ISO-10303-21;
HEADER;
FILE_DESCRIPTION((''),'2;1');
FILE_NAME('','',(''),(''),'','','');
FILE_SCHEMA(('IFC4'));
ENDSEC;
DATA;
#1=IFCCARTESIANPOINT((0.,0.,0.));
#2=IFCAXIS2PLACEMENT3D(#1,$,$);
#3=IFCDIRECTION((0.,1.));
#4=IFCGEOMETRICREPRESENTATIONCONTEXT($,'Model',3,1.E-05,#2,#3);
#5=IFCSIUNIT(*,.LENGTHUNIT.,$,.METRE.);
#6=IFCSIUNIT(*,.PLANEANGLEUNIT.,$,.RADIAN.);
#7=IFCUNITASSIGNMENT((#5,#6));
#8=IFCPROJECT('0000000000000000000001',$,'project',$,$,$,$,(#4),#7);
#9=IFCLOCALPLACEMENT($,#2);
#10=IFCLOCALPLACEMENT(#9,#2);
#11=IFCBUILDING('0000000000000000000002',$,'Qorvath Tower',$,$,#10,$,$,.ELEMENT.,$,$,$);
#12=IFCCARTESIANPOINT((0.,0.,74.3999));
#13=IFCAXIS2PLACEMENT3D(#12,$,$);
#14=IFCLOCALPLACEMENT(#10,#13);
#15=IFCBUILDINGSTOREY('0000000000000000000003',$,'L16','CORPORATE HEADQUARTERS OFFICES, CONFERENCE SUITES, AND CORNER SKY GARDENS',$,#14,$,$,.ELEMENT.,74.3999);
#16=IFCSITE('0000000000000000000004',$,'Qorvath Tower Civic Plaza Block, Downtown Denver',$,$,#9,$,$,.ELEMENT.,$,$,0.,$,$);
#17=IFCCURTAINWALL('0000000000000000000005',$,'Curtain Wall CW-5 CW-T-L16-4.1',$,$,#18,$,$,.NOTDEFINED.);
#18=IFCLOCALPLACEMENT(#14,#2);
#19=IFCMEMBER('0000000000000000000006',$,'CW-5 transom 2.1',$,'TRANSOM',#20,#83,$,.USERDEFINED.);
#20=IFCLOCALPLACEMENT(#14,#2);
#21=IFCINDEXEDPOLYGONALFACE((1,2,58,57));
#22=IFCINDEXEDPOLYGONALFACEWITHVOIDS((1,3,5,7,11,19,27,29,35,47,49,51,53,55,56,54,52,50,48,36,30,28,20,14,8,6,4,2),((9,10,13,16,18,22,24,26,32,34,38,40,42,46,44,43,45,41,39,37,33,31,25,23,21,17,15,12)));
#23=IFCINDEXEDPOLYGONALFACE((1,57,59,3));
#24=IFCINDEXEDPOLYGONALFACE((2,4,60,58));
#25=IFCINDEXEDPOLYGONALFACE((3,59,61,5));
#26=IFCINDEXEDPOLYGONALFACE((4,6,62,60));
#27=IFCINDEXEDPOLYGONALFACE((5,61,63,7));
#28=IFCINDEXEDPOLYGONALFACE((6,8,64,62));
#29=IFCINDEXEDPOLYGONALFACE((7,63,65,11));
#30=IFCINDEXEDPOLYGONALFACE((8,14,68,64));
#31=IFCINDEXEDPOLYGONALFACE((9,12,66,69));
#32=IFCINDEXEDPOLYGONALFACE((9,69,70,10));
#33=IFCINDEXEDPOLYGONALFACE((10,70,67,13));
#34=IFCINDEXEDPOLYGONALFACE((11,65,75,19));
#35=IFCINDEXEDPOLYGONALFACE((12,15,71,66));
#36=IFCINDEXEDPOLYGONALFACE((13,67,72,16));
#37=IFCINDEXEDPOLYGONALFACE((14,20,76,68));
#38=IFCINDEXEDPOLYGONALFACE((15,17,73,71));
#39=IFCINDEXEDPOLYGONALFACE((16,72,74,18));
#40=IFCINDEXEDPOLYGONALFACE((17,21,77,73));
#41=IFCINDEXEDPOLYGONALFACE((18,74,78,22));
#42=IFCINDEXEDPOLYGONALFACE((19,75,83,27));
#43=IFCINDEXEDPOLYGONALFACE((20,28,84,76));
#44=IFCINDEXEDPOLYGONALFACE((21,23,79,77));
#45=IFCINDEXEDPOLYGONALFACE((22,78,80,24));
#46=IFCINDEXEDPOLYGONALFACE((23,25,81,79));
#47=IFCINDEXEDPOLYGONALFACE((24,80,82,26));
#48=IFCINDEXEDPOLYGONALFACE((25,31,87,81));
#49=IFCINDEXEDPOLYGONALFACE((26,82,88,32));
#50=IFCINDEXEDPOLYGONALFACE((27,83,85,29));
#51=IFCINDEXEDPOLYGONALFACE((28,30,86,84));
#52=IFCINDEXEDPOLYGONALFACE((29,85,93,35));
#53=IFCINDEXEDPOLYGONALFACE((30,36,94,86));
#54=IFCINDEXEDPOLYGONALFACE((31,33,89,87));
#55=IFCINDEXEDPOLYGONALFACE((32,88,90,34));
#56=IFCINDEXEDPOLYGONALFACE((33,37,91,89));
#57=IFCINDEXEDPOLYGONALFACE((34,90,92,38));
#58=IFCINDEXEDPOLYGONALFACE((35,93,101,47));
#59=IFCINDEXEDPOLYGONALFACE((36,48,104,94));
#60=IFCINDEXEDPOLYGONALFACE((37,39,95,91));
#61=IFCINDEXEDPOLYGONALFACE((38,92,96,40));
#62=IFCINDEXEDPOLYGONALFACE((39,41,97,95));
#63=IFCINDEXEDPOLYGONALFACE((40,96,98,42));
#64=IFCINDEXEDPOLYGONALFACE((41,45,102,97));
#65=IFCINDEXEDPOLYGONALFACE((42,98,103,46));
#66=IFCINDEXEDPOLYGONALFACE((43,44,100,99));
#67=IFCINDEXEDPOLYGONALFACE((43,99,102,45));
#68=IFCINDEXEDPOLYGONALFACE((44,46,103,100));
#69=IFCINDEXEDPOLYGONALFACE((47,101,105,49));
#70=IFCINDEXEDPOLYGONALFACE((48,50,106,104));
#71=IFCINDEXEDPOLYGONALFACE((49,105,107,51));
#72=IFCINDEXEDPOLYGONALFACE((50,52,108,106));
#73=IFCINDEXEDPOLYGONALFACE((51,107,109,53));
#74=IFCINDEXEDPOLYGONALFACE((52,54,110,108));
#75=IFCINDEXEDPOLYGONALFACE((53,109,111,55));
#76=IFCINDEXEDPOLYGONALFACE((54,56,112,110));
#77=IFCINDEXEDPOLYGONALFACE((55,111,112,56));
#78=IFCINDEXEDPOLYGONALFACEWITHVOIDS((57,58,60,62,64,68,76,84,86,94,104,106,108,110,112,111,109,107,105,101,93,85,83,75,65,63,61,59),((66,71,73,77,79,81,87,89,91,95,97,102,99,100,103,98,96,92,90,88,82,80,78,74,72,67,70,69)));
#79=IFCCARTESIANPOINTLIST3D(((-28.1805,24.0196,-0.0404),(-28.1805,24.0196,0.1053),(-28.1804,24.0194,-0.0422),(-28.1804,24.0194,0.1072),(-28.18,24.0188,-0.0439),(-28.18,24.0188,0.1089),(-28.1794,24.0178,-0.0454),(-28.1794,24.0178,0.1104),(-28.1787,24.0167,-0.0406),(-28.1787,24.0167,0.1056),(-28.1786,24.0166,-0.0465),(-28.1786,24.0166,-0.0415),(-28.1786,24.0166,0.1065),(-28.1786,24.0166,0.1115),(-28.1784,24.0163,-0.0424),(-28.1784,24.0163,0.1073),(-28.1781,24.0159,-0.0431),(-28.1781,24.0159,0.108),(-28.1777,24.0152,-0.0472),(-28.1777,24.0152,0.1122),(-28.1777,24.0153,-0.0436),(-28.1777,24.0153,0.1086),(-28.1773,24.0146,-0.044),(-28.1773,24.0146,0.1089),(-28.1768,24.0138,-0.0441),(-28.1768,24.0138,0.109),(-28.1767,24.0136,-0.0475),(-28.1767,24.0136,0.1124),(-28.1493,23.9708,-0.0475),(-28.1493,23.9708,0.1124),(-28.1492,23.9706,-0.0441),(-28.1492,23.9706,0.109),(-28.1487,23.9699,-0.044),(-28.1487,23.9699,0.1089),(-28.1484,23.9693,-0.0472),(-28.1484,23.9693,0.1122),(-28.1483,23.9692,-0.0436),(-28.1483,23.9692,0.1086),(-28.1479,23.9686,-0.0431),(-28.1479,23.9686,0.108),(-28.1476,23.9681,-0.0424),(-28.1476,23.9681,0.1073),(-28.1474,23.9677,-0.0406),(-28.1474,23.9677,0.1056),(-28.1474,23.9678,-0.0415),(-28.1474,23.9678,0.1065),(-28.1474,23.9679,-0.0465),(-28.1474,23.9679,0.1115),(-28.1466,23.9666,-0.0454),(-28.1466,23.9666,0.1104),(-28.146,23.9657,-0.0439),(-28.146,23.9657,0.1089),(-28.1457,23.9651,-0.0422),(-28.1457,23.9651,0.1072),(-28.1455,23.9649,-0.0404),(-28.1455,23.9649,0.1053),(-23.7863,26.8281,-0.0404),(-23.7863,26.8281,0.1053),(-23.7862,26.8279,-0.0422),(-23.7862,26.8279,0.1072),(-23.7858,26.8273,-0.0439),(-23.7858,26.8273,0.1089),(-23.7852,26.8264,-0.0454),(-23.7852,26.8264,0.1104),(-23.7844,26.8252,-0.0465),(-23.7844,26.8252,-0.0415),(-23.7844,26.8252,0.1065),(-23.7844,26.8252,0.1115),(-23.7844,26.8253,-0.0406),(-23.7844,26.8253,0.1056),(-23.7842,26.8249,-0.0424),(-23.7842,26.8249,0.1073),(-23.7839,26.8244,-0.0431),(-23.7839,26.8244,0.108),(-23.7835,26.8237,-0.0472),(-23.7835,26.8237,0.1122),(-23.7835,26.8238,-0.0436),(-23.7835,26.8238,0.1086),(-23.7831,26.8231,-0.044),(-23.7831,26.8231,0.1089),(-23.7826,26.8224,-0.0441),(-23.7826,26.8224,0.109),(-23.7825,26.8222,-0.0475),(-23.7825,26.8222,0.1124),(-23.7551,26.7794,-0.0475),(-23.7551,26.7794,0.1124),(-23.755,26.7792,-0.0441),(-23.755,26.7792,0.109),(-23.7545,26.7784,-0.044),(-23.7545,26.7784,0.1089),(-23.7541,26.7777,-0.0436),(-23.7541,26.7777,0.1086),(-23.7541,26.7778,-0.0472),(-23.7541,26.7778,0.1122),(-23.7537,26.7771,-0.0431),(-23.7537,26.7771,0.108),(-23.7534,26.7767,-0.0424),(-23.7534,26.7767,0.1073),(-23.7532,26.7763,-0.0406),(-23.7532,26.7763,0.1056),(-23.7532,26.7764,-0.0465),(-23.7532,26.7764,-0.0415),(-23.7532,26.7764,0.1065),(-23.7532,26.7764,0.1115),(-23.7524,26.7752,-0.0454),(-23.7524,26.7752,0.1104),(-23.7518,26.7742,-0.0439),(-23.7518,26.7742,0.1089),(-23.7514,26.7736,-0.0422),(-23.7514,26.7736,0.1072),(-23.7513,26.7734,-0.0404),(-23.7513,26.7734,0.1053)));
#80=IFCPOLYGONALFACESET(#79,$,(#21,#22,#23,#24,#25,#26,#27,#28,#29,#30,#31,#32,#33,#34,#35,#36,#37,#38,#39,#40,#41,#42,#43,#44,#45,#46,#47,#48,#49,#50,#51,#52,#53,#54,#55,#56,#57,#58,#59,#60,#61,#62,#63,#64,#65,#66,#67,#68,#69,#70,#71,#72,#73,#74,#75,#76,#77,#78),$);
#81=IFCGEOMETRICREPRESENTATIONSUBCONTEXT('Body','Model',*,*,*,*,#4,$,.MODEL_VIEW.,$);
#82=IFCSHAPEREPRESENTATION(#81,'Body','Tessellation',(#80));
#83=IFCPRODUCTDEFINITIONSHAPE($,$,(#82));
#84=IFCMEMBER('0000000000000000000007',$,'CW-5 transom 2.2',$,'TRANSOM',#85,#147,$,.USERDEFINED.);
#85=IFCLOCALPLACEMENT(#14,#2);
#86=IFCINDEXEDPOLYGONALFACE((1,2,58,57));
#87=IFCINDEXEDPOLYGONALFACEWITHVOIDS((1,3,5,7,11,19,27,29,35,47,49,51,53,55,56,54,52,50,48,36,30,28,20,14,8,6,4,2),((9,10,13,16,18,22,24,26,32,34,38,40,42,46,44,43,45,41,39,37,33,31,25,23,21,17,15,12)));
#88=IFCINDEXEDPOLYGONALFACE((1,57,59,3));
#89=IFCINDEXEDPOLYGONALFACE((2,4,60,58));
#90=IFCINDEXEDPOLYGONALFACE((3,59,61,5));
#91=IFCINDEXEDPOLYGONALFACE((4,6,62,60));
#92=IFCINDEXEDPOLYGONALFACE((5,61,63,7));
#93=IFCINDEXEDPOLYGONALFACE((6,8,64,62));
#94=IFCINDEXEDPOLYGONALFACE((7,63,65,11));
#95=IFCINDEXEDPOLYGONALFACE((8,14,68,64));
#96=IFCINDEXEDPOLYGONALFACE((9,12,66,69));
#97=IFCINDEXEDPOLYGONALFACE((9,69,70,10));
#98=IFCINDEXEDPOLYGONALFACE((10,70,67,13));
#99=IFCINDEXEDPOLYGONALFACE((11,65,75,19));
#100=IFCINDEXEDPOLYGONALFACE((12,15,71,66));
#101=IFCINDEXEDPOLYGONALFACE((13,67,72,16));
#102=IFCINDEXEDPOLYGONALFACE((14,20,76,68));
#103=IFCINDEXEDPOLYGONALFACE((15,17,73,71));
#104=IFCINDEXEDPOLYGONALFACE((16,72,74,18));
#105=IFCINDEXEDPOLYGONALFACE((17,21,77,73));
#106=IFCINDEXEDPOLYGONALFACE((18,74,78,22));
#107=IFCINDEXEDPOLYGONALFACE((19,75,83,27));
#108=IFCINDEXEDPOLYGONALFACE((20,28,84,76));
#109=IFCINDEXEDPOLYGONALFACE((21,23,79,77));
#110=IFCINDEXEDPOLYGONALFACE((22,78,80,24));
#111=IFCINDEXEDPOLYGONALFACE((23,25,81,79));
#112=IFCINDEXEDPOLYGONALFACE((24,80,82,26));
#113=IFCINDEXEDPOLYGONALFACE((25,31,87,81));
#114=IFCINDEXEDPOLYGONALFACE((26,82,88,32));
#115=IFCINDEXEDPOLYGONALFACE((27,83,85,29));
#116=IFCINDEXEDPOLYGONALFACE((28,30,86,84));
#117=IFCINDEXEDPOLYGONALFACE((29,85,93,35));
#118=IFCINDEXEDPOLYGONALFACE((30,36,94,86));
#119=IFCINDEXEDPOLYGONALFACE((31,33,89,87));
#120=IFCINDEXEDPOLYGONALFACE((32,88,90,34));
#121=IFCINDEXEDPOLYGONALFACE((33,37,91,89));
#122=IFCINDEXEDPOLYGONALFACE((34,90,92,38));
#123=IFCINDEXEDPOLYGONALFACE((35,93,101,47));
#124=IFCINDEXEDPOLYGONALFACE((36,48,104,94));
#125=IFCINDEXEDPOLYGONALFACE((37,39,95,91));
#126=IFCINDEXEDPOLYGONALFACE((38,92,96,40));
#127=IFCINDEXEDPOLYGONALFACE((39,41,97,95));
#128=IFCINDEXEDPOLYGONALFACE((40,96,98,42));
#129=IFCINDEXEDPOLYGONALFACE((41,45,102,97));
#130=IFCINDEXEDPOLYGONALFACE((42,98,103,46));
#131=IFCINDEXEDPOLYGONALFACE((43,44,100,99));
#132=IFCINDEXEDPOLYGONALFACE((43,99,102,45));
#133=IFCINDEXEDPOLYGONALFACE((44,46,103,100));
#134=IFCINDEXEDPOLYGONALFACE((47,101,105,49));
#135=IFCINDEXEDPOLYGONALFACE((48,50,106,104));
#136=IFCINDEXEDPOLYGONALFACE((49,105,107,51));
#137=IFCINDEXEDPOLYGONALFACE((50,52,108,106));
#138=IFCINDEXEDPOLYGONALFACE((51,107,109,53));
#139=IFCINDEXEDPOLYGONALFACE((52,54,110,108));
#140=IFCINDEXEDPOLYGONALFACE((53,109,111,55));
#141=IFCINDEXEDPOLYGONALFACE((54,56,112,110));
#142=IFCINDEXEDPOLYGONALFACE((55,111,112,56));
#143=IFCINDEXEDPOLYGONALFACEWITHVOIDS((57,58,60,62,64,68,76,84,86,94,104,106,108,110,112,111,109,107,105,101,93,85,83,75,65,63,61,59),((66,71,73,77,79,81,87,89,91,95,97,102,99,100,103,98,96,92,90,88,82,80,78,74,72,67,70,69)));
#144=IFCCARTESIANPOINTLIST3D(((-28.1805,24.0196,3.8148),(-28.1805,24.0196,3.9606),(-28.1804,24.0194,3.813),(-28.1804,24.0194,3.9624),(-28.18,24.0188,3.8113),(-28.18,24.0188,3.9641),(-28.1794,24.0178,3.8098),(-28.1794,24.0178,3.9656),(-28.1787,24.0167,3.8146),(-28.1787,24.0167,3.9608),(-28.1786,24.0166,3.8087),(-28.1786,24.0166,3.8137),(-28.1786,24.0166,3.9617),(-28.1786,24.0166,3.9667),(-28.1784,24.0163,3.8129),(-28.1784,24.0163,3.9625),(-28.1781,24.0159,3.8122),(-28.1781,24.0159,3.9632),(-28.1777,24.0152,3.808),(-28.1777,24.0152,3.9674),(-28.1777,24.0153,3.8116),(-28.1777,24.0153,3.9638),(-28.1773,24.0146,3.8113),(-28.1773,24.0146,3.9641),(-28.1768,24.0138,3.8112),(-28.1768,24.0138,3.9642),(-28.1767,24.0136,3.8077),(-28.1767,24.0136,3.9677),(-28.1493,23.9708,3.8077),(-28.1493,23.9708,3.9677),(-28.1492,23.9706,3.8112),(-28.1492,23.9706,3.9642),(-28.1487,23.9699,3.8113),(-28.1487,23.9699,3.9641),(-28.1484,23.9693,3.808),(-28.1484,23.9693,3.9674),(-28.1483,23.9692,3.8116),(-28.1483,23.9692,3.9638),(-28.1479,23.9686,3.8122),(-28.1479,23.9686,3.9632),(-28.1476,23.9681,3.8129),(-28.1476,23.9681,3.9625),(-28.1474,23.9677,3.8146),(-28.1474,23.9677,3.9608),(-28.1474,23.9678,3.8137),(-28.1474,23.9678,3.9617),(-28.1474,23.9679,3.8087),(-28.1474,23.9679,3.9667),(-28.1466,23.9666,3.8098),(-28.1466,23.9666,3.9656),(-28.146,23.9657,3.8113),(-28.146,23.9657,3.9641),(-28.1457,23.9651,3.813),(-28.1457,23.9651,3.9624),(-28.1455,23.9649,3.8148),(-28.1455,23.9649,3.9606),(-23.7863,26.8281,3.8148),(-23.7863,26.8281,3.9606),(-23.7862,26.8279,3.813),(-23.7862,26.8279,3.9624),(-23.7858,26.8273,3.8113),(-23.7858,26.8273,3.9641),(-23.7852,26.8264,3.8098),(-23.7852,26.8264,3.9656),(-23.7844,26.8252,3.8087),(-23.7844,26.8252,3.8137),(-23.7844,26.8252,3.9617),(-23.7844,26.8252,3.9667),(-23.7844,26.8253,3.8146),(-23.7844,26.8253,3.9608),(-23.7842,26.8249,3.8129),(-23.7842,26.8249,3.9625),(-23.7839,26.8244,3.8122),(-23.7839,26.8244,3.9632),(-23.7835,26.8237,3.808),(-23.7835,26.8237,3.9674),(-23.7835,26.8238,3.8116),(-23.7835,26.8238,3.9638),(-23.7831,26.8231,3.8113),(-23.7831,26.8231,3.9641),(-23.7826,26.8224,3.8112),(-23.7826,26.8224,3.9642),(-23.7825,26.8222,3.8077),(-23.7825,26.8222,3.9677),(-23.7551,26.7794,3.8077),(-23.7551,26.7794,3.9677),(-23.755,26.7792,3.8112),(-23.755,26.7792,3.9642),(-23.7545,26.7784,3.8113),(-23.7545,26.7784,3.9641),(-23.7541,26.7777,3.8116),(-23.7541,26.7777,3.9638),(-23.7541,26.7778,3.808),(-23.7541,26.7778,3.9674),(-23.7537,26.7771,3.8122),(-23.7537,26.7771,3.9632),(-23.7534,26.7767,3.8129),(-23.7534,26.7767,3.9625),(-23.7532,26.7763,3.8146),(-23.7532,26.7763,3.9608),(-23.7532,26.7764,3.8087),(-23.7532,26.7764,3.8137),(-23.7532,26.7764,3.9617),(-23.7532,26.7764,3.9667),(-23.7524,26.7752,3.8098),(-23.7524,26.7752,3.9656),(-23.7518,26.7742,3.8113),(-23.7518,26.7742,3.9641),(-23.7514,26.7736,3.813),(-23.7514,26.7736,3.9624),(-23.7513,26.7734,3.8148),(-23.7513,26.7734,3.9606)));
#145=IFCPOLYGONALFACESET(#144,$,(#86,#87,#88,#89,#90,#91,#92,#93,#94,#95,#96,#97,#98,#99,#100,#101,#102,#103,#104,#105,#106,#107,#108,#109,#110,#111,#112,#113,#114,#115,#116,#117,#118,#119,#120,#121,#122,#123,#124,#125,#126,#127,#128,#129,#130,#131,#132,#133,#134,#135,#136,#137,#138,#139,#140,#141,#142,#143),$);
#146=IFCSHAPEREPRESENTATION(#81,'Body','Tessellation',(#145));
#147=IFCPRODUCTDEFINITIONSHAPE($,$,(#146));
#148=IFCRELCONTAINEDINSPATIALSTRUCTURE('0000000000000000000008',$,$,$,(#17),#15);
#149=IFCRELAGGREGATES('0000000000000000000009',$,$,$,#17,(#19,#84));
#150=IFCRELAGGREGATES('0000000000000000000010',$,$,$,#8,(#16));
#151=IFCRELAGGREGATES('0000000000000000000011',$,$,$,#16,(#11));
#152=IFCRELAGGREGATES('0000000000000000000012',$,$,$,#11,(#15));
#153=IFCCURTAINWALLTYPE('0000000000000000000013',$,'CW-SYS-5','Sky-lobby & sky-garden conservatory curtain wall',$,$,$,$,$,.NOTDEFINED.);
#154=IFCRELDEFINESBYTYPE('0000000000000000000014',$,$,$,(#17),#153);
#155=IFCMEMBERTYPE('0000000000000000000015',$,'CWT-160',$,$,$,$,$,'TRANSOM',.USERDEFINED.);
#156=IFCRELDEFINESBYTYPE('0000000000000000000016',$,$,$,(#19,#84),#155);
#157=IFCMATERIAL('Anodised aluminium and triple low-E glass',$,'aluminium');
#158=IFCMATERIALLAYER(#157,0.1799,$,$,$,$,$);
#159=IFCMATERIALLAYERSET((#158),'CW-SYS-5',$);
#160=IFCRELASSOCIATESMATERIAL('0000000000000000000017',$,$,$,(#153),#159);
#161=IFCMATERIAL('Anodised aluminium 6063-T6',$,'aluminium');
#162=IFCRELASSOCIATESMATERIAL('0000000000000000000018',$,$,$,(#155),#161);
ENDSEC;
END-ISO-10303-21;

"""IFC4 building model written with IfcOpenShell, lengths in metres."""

from ifc_helpers import new_model, si_unit, direction, frame, origin, origin_2d, place, context, subcontext, project, spatial, hollow_rectangle, extrude, material, layer, layer_set, material_profile, profile_set, type_object, element, aggregate, save


model = new_model("IFC4")

# Units and contexts
model_context = context("Model", 3, precision=1e-05, world=origin(), true_north=direction((0.0, 1.0)))
body_context = subcontext(model_context, "Body", "Model", "MODEL_VIEW")
ifc_project = project(units=[si_unit("LENGTHUNIT", "METRE"), si_unit("PLANEANGLEUNIT", "RADIAN")], contexts=[model_context])

# Site, building, storey
site_placement = place(None, origin())
site = spatial("IfcSite", under=ifc_project, at=site_placement, Name="Qorvath Tower Civic Plaza Block, Downtown Denver", CompositionType="ELEMENT", RefElevation=0.0)
building_placement = place(site_placement, origin())
building = spatial("IfcBuilding", under=site, at=building_placement, Name="Qorvath Tower", CompositionType="ELEMENT")
storey_placement = place(building_placement, frame((0.0, 0.0, 74.3999)))
storey = spatial("IfcBuildingStorey", under=building, at=storey_placement, Name="L16", Description="CORPORATE HEADQUARTERS OFFICES, CONFERENCE SUITES, AND CORNER SKY GARDENS", CompositionType="ELEMENT", Elevation=74.3999)

# Curtain wall, members
ifc_material_1 = material(Name="Anodised aluminium and triple low-E glass", Category="aluminium")
ifc_layer_1 = layer(ifc_material_1, 0.1799)
ifc_layer_set_1 = layer_set([ifc_layer_1], Name="CW-SYS-5")
curtain_wall_type = type_object("IfcCurtainWallType", Name="CW-SYS-5", Description="Sky-lobby & sky-garden conservatory curtain wall", PredefinedType="NOTDEFINED", material=ifc_layer_set_1)
curtain_wall_placement = place(storey_placement, origin())
curtain_wall = element("IfcCurtainWall", 1, at=curtain_wall_placement, inside=storey, type_object=curtain_wall_type, Name="Curtain Wall CW-5 CW-T-L16-4.1", PredefinedType="NOTDEFINED")
ifc_material_2 = material(Name="Anodised aluminium 6063-T6", Category="aluminium")
ifc_material_profile_1 = material_profile(ifc_material_2, hollow_rectangle(XDim=0.0649, YDim=0.1599, WallThickness=0.0034, InnerFilletRadius=0.0034, OuterFilletRadius=0.0071, at=origin_2d()), Name="CWT 160x65")
ifc_profile_set_1 = profile_set([ifc_material_profile_1], Name="Anodised aluminium 6063-T6")
member_type_1 = type_object("IfcMemberType", Name="CWT-160", ElementType="TRANSOM", PredefinedType="USERDEFINED", material=ifc_profile_set_1)
member_1_placement = place(storey_placement, frame((-23.7688, 26.8008, 0.0325), z_axis=(-0.842598, -0.538543, 0.0), x_axis=(0.538543, -0.842598, 0.0)))
member_1 = element("IfcMember", 2, at=member_1_placement, type_object=member_type_1, Name="CW-5 transom 2.1", ObjectType="TRANSOM", PredefinedType="USERDEFINED", context=body_context, shape_type="SweptSolid", body=[
    extrude(hollow_rectangle(XDim=0.0649, YDim=0.1599, WallThickness=0.0034, InnerFilletRadius=0.0034, OuterFilletRadius=0.0071, at=origin_2d()), origin(), (0.0, 0.0, 1.0), 5.2151),
])
member_2_placement = place(storey_placement, frame((-23.7688, 26.8008, 3.8877), z_axis=(-0.842598, -0.538543, 0.0), x_axis=(0.538543, -0.842598, 0.0)))
member_2 = element("IfcMember", 3, at=member_2_placement, type_object=member_type_1, Name="CW-5 transom 2.2", ObjectType="TRANSOM", PredefinedType="USERDEFINED", context=body_context, shape_type="SweptSolid", body=[
    extrude(hollow_rectangle(XDim=0.0649, YDim=0.1599, WallThickness=0.0034, InnerFilletRadius=0.0034, OuterFilletRadius=0.0071, at=origin_2d()), origin(), (0.0, 0.0, 1.0), 5.2151),
])
aggregate(curtain_wall, [member_1, member_2])

save(model, "model.ifc")
